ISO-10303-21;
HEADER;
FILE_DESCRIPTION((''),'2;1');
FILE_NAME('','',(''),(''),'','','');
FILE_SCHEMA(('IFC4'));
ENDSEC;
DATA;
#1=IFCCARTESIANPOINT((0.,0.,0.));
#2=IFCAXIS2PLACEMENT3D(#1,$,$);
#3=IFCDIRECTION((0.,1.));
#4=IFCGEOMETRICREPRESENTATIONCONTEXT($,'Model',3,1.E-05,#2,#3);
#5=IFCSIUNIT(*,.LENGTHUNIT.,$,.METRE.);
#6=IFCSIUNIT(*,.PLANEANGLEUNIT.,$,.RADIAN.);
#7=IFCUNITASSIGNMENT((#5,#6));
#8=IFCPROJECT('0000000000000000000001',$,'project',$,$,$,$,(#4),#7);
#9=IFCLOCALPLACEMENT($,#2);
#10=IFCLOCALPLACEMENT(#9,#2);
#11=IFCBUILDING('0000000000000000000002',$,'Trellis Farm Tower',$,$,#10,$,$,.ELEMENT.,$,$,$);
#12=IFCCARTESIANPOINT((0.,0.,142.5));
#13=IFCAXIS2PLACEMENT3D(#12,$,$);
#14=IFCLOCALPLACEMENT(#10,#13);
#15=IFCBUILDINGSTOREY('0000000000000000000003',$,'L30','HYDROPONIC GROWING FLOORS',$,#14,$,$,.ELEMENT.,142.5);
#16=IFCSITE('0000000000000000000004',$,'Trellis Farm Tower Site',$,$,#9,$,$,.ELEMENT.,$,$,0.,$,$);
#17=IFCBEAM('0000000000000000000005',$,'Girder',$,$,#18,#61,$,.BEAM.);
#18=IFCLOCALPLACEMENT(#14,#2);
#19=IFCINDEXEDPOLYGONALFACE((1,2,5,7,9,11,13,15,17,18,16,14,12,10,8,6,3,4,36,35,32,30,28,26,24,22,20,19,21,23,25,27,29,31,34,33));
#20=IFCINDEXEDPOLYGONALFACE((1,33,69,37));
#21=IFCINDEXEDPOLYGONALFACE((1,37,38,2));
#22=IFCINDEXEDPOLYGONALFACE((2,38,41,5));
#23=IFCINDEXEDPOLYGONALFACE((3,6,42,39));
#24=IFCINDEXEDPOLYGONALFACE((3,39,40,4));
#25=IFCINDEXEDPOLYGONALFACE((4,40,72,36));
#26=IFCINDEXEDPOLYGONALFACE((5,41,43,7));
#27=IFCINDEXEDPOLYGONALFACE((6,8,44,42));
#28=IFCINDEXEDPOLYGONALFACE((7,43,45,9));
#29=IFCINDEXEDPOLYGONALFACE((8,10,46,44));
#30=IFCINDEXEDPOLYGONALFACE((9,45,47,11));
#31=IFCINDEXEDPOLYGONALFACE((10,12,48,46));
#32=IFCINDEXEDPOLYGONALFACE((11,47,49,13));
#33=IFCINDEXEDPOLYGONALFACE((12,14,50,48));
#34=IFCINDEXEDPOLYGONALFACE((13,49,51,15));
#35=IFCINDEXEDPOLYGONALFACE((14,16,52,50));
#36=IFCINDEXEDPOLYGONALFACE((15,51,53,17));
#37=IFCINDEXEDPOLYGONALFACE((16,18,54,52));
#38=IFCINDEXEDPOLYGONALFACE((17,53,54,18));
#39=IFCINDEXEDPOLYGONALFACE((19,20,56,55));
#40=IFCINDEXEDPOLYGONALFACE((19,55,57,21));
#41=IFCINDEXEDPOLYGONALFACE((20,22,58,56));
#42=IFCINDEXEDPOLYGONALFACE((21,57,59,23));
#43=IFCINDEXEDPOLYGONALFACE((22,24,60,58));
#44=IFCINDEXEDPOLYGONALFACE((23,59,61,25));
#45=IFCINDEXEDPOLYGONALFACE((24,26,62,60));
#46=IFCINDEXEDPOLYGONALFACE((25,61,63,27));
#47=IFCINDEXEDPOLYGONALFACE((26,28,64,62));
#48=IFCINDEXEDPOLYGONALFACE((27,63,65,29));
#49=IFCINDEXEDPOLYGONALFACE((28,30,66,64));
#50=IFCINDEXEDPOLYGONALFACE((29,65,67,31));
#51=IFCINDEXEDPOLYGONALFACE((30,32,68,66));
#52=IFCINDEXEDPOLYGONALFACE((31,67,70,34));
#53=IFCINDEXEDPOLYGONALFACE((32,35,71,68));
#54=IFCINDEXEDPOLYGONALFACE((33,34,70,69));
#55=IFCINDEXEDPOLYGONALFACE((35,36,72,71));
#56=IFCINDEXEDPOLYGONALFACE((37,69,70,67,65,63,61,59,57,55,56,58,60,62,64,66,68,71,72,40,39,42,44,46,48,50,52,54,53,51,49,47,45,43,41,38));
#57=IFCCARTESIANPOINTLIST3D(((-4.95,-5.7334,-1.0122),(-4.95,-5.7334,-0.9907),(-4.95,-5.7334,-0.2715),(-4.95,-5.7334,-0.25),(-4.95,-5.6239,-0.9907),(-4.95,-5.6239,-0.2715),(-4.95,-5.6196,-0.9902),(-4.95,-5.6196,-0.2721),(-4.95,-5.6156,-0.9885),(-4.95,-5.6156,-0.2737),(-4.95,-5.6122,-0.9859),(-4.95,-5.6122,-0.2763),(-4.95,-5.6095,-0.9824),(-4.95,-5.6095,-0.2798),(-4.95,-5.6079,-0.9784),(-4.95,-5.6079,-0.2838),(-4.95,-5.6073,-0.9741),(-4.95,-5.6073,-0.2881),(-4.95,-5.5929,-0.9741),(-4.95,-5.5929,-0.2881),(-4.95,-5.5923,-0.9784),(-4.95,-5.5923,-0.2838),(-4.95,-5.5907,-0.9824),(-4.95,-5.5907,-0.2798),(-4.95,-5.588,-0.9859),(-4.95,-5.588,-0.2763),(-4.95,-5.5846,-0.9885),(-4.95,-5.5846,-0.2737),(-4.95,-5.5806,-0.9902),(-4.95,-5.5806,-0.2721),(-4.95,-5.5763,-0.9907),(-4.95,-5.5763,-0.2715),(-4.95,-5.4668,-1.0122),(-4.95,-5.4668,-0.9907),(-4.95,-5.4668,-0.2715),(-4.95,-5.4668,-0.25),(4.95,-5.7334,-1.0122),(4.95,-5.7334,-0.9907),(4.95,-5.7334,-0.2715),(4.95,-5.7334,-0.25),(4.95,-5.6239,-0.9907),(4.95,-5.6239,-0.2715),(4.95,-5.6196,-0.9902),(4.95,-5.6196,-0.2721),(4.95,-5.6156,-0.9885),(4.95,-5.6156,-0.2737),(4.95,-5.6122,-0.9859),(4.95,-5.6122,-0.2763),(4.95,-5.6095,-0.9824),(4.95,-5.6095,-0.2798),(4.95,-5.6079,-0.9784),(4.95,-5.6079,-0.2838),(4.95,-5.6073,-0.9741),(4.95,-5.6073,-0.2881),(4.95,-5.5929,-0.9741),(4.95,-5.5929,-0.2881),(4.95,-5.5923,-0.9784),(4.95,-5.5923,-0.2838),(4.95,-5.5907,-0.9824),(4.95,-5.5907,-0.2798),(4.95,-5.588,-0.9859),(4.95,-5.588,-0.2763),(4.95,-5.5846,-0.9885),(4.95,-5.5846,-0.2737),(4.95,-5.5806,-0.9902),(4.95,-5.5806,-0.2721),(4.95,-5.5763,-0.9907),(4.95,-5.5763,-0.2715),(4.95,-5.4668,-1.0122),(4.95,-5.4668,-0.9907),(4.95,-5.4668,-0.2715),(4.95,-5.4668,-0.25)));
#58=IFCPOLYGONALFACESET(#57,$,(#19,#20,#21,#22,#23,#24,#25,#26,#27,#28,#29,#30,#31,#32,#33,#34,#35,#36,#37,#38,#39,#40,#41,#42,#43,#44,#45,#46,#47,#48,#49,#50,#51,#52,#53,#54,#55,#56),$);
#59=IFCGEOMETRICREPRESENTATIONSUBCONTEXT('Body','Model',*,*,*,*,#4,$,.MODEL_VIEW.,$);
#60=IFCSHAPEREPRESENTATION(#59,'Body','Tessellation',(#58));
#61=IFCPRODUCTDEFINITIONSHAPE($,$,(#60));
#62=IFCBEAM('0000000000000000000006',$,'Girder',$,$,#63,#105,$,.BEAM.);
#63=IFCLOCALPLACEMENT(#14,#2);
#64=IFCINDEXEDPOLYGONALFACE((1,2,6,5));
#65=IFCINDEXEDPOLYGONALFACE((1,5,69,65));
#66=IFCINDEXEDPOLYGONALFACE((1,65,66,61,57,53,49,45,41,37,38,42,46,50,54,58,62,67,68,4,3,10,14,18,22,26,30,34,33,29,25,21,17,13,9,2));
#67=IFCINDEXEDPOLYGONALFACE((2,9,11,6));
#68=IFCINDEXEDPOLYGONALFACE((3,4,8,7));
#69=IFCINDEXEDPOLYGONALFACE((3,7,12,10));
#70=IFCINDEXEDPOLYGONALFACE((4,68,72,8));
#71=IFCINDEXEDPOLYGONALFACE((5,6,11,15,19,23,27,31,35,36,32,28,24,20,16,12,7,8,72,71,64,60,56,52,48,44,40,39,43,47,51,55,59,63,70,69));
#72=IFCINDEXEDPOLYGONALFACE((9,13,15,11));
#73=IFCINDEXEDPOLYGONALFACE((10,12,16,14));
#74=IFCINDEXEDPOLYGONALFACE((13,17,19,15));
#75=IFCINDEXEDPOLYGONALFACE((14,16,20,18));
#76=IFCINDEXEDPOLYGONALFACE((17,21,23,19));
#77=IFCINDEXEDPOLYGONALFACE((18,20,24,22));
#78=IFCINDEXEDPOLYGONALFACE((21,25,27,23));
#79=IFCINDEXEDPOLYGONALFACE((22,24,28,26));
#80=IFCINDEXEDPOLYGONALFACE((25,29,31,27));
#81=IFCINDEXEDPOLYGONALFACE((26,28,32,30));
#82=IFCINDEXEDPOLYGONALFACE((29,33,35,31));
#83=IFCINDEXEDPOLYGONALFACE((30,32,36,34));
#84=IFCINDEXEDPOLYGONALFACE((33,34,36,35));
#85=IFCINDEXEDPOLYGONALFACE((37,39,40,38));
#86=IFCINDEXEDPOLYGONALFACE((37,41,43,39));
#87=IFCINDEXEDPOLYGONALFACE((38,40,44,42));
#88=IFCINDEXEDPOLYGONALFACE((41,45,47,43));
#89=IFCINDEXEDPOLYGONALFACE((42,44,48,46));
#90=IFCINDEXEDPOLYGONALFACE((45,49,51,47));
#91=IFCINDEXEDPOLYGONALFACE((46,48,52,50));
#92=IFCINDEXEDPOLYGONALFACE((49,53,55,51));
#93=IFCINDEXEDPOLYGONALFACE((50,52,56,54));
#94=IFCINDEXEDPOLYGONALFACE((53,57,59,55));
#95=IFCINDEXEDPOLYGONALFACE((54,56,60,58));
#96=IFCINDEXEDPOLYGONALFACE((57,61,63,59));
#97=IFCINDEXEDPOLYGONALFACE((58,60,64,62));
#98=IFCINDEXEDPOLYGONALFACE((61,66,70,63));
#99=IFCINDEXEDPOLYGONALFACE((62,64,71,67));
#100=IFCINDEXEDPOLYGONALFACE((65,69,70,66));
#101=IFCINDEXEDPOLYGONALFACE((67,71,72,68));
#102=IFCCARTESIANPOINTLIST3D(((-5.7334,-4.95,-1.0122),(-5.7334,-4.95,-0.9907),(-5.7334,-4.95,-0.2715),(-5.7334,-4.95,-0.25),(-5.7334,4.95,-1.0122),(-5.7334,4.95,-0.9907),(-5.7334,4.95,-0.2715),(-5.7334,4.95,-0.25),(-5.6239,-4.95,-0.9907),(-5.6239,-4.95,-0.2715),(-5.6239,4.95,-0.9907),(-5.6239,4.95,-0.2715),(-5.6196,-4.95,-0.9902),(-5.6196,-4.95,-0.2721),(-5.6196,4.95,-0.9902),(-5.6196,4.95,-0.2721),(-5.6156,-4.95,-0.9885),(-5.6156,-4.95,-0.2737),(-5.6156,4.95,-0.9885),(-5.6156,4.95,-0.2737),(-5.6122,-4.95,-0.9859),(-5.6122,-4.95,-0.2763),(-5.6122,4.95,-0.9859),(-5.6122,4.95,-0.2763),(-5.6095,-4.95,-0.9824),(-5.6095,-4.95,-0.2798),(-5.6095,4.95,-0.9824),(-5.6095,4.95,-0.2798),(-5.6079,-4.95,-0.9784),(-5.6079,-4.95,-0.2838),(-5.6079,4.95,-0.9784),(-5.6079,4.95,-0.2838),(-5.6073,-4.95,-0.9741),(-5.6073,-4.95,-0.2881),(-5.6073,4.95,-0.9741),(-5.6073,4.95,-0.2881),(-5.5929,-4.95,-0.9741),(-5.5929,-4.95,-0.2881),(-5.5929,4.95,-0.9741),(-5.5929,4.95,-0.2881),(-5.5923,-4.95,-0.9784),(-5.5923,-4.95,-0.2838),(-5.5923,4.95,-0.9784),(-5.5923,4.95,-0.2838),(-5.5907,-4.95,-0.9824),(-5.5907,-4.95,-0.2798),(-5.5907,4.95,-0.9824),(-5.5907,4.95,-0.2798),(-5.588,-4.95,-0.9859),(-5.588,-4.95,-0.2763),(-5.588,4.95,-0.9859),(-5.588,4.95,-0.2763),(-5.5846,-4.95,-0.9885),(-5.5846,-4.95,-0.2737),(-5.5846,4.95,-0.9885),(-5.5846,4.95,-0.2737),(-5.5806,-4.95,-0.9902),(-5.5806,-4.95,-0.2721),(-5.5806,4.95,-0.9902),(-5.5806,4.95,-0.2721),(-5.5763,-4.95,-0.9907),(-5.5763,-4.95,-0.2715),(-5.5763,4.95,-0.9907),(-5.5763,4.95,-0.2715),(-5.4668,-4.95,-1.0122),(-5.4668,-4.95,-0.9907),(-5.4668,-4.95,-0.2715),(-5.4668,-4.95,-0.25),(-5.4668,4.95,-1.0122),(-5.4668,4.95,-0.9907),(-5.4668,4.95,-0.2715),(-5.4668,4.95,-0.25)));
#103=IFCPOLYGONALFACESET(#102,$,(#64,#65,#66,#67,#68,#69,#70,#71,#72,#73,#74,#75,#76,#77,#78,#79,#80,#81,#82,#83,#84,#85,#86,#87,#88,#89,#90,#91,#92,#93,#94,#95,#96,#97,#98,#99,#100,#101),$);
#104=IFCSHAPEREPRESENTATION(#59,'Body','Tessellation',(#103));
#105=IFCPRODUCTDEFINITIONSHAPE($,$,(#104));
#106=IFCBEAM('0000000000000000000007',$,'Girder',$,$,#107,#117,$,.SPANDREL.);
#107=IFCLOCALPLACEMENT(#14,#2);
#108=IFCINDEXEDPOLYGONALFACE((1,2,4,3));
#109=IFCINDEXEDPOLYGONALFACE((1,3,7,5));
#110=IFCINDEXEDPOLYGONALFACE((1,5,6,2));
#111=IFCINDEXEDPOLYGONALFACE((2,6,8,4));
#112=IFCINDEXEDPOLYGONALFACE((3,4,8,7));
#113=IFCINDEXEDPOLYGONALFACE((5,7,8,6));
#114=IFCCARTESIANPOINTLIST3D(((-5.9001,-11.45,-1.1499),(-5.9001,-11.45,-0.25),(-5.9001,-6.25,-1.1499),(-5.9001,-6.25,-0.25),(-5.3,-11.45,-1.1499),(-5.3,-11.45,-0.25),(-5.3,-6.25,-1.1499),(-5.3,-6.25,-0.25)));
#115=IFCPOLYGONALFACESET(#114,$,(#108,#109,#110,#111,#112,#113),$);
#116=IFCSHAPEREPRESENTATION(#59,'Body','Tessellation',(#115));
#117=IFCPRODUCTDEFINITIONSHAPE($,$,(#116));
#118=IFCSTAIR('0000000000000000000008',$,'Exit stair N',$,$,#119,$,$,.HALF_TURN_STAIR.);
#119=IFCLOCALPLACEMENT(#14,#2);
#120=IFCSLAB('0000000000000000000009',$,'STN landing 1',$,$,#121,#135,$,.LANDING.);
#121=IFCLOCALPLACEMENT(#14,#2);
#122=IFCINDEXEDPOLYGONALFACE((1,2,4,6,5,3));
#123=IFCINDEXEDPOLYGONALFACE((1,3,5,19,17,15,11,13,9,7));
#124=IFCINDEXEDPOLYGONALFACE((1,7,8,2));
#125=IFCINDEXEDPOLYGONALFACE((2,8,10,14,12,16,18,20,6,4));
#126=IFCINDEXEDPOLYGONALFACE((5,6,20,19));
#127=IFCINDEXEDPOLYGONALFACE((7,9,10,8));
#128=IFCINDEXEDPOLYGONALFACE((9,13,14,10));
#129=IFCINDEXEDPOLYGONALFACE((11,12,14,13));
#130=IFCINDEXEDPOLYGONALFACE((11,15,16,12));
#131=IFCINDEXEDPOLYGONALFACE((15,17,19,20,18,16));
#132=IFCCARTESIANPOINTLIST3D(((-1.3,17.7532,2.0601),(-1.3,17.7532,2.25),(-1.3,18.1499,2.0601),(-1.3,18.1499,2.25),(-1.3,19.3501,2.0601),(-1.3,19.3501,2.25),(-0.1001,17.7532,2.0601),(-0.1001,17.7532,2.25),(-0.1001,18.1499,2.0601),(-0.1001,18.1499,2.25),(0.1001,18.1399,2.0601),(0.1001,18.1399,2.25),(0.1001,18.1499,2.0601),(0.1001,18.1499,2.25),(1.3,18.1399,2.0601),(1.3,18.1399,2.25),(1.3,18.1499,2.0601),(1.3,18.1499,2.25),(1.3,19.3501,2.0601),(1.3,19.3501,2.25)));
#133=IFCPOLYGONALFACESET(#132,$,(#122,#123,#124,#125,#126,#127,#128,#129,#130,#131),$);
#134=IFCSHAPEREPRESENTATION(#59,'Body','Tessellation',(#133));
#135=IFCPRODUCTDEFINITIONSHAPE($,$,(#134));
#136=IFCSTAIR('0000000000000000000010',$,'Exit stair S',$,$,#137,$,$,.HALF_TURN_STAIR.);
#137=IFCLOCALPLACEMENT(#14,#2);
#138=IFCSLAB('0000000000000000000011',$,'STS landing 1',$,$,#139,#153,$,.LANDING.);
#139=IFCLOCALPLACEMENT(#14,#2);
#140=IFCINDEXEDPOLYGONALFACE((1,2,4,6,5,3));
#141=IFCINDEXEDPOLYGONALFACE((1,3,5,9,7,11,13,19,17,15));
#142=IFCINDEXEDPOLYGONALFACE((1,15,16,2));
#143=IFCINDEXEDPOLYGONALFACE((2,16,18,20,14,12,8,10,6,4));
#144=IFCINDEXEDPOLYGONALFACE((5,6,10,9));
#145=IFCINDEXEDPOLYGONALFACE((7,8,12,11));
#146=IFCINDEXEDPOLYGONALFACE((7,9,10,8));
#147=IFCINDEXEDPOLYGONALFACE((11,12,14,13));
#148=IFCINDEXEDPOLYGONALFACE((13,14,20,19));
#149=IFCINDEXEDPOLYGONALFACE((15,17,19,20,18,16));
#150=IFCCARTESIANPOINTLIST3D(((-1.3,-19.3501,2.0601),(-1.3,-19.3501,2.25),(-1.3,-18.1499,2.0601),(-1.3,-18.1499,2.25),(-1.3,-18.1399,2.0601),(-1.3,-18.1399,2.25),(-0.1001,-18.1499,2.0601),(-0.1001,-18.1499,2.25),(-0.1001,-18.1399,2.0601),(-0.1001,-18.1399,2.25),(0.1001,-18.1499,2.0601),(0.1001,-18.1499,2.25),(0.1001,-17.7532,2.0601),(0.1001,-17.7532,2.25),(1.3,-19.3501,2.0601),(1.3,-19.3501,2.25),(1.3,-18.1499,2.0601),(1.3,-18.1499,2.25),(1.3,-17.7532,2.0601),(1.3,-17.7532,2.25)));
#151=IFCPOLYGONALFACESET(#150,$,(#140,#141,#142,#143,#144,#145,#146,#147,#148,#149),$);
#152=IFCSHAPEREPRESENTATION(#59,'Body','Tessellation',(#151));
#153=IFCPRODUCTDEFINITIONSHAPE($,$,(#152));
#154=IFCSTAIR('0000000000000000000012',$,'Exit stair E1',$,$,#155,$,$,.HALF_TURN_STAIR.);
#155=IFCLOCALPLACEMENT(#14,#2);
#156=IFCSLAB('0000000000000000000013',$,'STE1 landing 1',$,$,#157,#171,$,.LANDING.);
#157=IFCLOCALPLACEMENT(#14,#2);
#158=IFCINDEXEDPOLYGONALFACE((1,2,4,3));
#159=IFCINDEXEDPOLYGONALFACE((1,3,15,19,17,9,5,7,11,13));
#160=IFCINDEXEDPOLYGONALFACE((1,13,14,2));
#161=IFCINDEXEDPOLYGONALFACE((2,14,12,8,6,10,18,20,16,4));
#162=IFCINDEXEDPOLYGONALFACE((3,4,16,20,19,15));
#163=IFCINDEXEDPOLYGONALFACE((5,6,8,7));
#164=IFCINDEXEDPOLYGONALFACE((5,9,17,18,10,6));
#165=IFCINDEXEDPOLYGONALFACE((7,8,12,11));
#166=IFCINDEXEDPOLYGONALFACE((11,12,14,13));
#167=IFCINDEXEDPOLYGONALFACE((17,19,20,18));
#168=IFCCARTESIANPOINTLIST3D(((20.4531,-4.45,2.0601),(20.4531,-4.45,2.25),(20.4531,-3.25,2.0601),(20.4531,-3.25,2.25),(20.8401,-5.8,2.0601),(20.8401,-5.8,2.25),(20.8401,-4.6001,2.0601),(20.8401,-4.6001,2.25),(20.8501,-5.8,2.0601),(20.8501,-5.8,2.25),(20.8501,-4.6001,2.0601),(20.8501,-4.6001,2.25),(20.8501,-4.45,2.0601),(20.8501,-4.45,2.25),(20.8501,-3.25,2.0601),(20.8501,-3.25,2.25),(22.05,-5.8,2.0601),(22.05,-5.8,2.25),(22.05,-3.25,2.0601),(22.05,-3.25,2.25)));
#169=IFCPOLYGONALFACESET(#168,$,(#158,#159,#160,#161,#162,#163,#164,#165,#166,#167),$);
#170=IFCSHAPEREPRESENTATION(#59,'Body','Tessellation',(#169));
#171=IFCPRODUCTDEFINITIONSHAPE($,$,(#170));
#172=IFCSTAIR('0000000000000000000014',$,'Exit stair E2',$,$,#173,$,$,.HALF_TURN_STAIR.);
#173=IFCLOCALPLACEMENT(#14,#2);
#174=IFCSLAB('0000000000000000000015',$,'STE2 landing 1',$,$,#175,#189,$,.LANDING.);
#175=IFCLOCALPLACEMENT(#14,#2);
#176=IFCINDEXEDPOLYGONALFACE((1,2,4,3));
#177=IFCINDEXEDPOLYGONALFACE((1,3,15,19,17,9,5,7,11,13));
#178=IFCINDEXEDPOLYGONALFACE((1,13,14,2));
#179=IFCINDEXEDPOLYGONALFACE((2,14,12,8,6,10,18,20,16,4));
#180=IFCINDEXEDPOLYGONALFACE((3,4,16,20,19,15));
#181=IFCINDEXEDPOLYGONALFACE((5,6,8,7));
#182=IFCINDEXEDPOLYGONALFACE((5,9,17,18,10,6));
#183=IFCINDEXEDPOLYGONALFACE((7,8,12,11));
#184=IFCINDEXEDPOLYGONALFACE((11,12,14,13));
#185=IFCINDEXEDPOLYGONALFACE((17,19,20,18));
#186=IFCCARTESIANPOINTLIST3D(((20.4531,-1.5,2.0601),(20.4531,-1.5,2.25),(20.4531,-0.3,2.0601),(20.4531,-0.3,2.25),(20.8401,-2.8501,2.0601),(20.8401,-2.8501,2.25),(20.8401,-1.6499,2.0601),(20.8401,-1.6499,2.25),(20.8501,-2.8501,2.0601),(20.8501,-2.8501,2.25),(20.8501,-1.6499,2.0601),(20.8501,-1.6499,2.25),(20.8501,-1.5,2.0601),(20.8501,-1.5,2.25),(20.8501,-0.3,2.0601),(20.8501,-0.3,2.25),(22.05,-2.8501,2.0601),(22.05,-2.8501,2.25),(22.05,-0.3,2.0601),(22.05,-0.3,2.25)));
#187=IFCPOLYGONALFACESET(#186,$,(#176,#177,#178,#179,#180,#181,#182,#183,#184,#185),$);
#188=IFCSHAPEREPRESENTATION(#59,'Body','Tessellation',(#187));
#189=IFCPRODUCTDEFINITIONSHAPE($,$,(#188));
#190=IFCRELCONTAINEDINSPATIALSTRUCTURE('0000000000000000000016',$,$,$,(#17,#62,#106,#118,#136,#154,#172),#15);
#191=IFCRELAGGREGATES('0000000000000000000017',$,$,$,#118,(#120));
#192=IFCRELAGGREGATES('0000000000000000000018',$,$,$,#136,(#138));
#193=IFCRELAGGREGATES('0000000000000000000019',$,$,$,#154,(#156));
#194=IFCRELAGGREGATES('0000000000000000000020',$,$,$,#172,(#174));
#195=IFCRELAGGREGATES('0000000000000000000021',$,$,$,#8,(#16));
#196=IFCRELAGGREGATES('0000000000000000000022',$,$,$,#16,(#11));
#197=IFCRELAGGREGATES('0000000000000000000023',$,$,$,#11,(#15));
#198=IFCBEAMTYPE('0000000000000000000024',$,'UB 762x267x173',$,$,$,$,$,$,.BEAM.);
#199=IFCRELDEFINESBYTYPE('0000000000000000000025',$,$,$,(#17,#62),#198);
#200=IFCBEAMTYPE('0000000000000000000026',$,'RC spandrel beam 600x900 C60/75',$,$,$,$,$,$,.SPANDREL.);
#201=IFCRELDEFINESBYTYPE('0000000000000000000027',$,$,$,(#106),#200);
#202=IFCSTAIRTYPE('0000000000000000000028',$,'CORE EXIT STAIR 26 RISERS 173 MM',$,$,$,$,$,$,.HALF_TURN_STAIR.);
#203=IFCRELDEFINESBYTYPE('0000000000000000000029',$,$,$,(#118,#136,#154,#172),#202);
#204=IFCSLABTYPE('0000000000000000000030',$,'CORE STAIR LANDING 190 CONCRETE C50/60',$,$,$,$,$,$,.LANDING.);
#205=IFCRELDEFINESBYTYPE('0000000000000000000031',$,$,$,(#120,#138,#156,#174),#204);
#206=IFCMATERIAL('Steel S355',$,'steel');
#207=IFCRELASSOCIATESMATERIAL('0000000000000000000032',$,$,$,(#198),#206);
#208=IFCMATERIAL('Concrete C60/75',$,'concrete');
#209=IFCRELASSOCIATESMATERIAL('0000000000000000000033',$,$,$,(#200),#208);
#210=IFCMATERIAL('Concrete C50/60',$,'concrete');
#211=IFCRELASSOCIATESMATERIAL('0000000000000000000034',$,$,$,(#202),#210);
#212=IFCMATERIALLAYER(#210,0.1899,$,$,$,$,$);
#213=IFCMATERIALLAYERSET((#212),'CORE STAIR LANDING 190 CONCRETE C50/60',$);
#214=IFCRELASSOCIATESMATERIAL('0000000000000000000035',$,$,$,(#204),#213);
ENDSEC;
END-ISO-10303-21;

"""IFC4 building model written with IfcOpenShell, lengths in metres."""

from ifc_helpers import new_model, si_unit, direction, frame, origin, origin_2d, place, context, subcontext, project, spatial, polyline, rectangle, i_section, outline, extrude, source, transform, mapped, material, layer, layer_set, material_profile, profile_set, type_object, element, aggregate, save


model = new_model("IFC4")

# Units and contexts
model_context = context("Model", 3, precision=1e-05, world=origin(), true_north=direction((0.0, 1.0)))
body_context = subcontext(model_context, "Body", "Model", "MODEL_VIEW")
ifc_project = project(units=[si_unit("LENGTHUNIT", "METRE"), si_unit("PLANEANGLEUNIT", "RADIAN")], contexts=[model_context])

# Site, building, storey
site_placement = place(None, origin())
site = spatial("IfcSite", under=ifc_project, at=site_placement, Name="Trellis Farm Tower Site", CompositionType="ELEMENT", RefElevation=0.0)
building_placement = place(site_placement, origin())
building = spatial("IfcBuilding", under=site, at=building_placement, Name="Trellis Farm Tower", CompositionType="ELEMENT")
storey_placement = place(building_placement, frame((0.0, 0.0, 142.5)))
storey = spatial("IfcBuildingStorey", under=building, at=storey_placement, Name="L30", Description="HYDROPONIC GROWING FLOORS", CompositionType="ELEMENT", Elevation=142.5)

# Beams
ifc_material_1 = material(Name="Steel S355", Category="steel")
ifc_material_profile_1 = material_profile(ifc_material_1, i_section(OverallWidth=0.2666, OverallDepth=0.7622, WebThickness=0.0144, FlangeThickness=0.0215, FilletRadius=0.0166, at=origin_2d()), Name="UB 762x267x173")
ifc_profile_set_1 = profile_set([ifc_material_profile_1], Name="Steel S355")
beam_type_1 = type_object("IfcBeamType", Name="UB 762x267x173", PredefinedType="BEAM", material=ifc_profile_set_1)
shared_shape_1 = source(origin(), body_context, "Body", "SweptSolid", [
    extrude(i_section(OverallWidth=0.2666, OverallDepth=0.7622, WebThickness=0.0144, FlangeThickness=0.0215, FilletRadius=0.0166, at=origin_2d()), origin(), (0.0, 0.0, 1.0), 9.8999),
])
for number, where, z_axis, x_axis, name in (
    (1, (-4.95, -5.6001, -0.6311), (1.0, 0.0, 0.0), (0.0, 1.0, 0.0), "Girder"),
    (2, (-5.6001, -4.95, -0.6311), (0.0, 1.0, 0.0), (-1.0, 0.0, 0.0), "Girder"),
):
    element("IfcBeam", number, at=place(storey_placement, frame(where, z_axis=z_axis, x_axis=x_axis)), inside=storey, type_object=beam_type_1, Name=name, PredefinedType="BEAM", context=body_context, shape_type="MappedRepresentation", body=[
        mapped(shared_shape_1, transform((0.0, 0.0, 0.0))),
    ])
ifc_material_2 = material(Name="Concrete C60/75", Category="concrete")
ifc_material_profile_2 = material_profile(ifc_material_2, rectangle(XDim=0.6001, YDim=0.8999, at=origin_2d()), Name="RC spandrel beam 600x900 C60/75")
ifc_profile_set_2 = profile_set([ifc_material_profile_2], Name="Concrete C60/75")
beam_type_2 = type_object("IfcBeamType", Name="RC spandrel beam 600x900 C60/75", PredefinedType="SPANDREL", material=ifc_profile_set_2)
shared_shape_2 = source(origin(), body_context, "Body", "SweptSolid", [
    extrude(rectangle(XDim=0.6001, YDim=0.8999, at=origin_2d()), origin(), (0.0, 0.0, 1.0), 5.2),
])
beam_1_placement = place(storey_placement, frame((-5.6001, -11.45, -0.7), z_axis=(0.0, 1.0, 0.0), x_axis=(-1.0, 0.0, 0.0)))
element("IfcBeam", 3, at=beam_1_placement, inside=storey, type_object=beam_type_2, Name="Girder", PredefinedType="SPANDREL", context=body_context, shape_type="MappedRepresentation", body=[
    mapped(shared_shape_2, transform((0.0, 0.0, 0.0))),
])

# Stairs, slabs
ifc_material_3 = material(Name="Concrete C50/60", Category="concrete")
stair_type = type_object("IfcStairType", Name="CORE EXIT STAIR 26 RISERS 173 MM", PredefinedType="HALF_TURN_STAIR", material=ifc_material_3)
placement_1 = place(storey_placement, origin())
stair_1 = element("IfcStair", 4, at=placement_1, inside=storey, type_object=stair_type, Name="Exit stair N", PredefinedType="HALF_TURN_STAIR")
ifc_layer_1 = layer(ifc_material_3, 0.1899)
ifc_layer_set_1 = layer_set([ifc_layer_1], Name="CORE STAIR LANDING 190 CONCRETE C50/60")
slab_type_1 = type_object("IfcSlabType", Name="CORE STAIR LANDING 190 CONCRETE C50/60", PredefinedType="LANDING", material=ifc_layer_set_1)
shared_shape_3 = source(origin(), body_context, "Body", "SweptSolid", [
    extrude(outline(polyline([(-0.1001, 17.7532), (-1.3, 17.7532), (-1.3, 18.1499), (-1.3, 19.3501), (1.3, 19.3501), (1.3, 18.1499), (1.3, 18.1399), (0.1001, 18.1399), (0.1001, 18.1499), (-0.1001, 18.1499), (-0.1001, 17.7532)])), origin(), (0.0, 0.0, 1.0), 0.1899),
])
placement_2 = place(storey_placement, frame((0.0, 0.0, 2.0601)))
slab_1 = element("IfcSlab", 5, at=placement_2, type_object=slab_type_1, Name="STN landing 1", PredefinedType="LANDING", context=body_context, shape_type="MappedRepresentation", body=[
    mapped(shared_shape_3, transform((0.0, 0.0, 0.0))),
])
aggregate(stair_1, [slab_1])
stair_2 = element("IfcStair", 6, at=placement_1, inside=storey, type_object=stair_type, Name="Exit stair S", PredefinedType="HALF_TURN_STAIR")
shared_shape_4 = source(origin(), body_context, "Body", "SweptSolid", [
    extrude(outline(polyline([(1.3, -19.3501), (-1.3, -19.3501), (-1.3, -18.1499), (-1.3, -18.1399), (-0.1001, -18.1399), (-0.1001, -18.1499), (0.1001, -18.1499), (0.1001, -17.7532), (1.3, -17.7532), (1.3, -18.1499), (1.3, -19.3501)])), origin(), (0.0, 0.0, 1.0), 0.1899),
])
slab_2 = element("IfcSlab", 7, at=placement_2, type_object=slab_type_1, Name="STS landing 1", PredefinedType="LANDING", context=body_context, shape_type="MappedRepresentation", body=[
    mapped(shared_shape_4, transform((0.0, 0.0, 0.0))),
])
aggregate(stair_2, [slab_2])
stair_3 = element("IfcStair", 8, at=placement_1, inside=storey, type_object=stair_type, Name="Exit stair E1", PredefinedType="HALF_TURN_STAIR")
shared_shape_5 = source(origin(), body_context, "Body", "SweptSolid", [
    extrude(outline(polyline([(20.8401, -5.8), (20.8401, -4.6001), (20.8501, -4.6001), (20.8501, -4.45), (20.4531, -4.45), (20.4531, -3.25), (20.8501, -3.25), (22.05, -3.25), (22.05, -5.8), (20.8501, -5.8), (20.8401, -5.8)])), origin(), (0.0, 0.0, 1.0), 0.1899),
])
slab_3 = element("IfcSlab", 9, at=placement_2, type_object=slab_type_1, Name="STE1 landing 1", PredefinedType="LANDING", context=body_context, shape_type="MappedRepresentation", body=[
    mapped(shared_shape_5, transform((0.0, 0.0, 0.0))),
])
aggregate(stair_3, [slab_3])
stair_4 = element("IfcStair", 10, at=placement_1, inside=storey, type_object=stair_type, Name="Exit stair E2", PredefinedType="HALF_TURN_STAIR")
shared_shape_6 = source(origin(), body_context, "Body", "SweptSolid", [
    extrude(outline(polyline([(20.8401, -2.8501), (20.8401, -1.6499), (20.8501, -1.6499), (20.8501, -1.5), (20.4531, -1.5), (20.4531, -0.3), (20.8501, -0.3), (22.05, -0.3), (22.05, -2.8501), (20.8501, -2.8501), (20.8401, -2.8501)])), origin(), (0.0, 0.0, 1.0), 0.1899),
])
slab_4 = element("IfcSlab", 11, at=placement_2, type_object=slab_type_1, Name="STE2 landing 1", PredefinedType="LANDING", context=body_context, shape_type="MappedRepresentation", body=[
    mapped(shared_shape_6, transform((0.0, 0.0, 0.0))),
])
aggregate(stair_4, [slab_4])

save(model, "model.ifc")
